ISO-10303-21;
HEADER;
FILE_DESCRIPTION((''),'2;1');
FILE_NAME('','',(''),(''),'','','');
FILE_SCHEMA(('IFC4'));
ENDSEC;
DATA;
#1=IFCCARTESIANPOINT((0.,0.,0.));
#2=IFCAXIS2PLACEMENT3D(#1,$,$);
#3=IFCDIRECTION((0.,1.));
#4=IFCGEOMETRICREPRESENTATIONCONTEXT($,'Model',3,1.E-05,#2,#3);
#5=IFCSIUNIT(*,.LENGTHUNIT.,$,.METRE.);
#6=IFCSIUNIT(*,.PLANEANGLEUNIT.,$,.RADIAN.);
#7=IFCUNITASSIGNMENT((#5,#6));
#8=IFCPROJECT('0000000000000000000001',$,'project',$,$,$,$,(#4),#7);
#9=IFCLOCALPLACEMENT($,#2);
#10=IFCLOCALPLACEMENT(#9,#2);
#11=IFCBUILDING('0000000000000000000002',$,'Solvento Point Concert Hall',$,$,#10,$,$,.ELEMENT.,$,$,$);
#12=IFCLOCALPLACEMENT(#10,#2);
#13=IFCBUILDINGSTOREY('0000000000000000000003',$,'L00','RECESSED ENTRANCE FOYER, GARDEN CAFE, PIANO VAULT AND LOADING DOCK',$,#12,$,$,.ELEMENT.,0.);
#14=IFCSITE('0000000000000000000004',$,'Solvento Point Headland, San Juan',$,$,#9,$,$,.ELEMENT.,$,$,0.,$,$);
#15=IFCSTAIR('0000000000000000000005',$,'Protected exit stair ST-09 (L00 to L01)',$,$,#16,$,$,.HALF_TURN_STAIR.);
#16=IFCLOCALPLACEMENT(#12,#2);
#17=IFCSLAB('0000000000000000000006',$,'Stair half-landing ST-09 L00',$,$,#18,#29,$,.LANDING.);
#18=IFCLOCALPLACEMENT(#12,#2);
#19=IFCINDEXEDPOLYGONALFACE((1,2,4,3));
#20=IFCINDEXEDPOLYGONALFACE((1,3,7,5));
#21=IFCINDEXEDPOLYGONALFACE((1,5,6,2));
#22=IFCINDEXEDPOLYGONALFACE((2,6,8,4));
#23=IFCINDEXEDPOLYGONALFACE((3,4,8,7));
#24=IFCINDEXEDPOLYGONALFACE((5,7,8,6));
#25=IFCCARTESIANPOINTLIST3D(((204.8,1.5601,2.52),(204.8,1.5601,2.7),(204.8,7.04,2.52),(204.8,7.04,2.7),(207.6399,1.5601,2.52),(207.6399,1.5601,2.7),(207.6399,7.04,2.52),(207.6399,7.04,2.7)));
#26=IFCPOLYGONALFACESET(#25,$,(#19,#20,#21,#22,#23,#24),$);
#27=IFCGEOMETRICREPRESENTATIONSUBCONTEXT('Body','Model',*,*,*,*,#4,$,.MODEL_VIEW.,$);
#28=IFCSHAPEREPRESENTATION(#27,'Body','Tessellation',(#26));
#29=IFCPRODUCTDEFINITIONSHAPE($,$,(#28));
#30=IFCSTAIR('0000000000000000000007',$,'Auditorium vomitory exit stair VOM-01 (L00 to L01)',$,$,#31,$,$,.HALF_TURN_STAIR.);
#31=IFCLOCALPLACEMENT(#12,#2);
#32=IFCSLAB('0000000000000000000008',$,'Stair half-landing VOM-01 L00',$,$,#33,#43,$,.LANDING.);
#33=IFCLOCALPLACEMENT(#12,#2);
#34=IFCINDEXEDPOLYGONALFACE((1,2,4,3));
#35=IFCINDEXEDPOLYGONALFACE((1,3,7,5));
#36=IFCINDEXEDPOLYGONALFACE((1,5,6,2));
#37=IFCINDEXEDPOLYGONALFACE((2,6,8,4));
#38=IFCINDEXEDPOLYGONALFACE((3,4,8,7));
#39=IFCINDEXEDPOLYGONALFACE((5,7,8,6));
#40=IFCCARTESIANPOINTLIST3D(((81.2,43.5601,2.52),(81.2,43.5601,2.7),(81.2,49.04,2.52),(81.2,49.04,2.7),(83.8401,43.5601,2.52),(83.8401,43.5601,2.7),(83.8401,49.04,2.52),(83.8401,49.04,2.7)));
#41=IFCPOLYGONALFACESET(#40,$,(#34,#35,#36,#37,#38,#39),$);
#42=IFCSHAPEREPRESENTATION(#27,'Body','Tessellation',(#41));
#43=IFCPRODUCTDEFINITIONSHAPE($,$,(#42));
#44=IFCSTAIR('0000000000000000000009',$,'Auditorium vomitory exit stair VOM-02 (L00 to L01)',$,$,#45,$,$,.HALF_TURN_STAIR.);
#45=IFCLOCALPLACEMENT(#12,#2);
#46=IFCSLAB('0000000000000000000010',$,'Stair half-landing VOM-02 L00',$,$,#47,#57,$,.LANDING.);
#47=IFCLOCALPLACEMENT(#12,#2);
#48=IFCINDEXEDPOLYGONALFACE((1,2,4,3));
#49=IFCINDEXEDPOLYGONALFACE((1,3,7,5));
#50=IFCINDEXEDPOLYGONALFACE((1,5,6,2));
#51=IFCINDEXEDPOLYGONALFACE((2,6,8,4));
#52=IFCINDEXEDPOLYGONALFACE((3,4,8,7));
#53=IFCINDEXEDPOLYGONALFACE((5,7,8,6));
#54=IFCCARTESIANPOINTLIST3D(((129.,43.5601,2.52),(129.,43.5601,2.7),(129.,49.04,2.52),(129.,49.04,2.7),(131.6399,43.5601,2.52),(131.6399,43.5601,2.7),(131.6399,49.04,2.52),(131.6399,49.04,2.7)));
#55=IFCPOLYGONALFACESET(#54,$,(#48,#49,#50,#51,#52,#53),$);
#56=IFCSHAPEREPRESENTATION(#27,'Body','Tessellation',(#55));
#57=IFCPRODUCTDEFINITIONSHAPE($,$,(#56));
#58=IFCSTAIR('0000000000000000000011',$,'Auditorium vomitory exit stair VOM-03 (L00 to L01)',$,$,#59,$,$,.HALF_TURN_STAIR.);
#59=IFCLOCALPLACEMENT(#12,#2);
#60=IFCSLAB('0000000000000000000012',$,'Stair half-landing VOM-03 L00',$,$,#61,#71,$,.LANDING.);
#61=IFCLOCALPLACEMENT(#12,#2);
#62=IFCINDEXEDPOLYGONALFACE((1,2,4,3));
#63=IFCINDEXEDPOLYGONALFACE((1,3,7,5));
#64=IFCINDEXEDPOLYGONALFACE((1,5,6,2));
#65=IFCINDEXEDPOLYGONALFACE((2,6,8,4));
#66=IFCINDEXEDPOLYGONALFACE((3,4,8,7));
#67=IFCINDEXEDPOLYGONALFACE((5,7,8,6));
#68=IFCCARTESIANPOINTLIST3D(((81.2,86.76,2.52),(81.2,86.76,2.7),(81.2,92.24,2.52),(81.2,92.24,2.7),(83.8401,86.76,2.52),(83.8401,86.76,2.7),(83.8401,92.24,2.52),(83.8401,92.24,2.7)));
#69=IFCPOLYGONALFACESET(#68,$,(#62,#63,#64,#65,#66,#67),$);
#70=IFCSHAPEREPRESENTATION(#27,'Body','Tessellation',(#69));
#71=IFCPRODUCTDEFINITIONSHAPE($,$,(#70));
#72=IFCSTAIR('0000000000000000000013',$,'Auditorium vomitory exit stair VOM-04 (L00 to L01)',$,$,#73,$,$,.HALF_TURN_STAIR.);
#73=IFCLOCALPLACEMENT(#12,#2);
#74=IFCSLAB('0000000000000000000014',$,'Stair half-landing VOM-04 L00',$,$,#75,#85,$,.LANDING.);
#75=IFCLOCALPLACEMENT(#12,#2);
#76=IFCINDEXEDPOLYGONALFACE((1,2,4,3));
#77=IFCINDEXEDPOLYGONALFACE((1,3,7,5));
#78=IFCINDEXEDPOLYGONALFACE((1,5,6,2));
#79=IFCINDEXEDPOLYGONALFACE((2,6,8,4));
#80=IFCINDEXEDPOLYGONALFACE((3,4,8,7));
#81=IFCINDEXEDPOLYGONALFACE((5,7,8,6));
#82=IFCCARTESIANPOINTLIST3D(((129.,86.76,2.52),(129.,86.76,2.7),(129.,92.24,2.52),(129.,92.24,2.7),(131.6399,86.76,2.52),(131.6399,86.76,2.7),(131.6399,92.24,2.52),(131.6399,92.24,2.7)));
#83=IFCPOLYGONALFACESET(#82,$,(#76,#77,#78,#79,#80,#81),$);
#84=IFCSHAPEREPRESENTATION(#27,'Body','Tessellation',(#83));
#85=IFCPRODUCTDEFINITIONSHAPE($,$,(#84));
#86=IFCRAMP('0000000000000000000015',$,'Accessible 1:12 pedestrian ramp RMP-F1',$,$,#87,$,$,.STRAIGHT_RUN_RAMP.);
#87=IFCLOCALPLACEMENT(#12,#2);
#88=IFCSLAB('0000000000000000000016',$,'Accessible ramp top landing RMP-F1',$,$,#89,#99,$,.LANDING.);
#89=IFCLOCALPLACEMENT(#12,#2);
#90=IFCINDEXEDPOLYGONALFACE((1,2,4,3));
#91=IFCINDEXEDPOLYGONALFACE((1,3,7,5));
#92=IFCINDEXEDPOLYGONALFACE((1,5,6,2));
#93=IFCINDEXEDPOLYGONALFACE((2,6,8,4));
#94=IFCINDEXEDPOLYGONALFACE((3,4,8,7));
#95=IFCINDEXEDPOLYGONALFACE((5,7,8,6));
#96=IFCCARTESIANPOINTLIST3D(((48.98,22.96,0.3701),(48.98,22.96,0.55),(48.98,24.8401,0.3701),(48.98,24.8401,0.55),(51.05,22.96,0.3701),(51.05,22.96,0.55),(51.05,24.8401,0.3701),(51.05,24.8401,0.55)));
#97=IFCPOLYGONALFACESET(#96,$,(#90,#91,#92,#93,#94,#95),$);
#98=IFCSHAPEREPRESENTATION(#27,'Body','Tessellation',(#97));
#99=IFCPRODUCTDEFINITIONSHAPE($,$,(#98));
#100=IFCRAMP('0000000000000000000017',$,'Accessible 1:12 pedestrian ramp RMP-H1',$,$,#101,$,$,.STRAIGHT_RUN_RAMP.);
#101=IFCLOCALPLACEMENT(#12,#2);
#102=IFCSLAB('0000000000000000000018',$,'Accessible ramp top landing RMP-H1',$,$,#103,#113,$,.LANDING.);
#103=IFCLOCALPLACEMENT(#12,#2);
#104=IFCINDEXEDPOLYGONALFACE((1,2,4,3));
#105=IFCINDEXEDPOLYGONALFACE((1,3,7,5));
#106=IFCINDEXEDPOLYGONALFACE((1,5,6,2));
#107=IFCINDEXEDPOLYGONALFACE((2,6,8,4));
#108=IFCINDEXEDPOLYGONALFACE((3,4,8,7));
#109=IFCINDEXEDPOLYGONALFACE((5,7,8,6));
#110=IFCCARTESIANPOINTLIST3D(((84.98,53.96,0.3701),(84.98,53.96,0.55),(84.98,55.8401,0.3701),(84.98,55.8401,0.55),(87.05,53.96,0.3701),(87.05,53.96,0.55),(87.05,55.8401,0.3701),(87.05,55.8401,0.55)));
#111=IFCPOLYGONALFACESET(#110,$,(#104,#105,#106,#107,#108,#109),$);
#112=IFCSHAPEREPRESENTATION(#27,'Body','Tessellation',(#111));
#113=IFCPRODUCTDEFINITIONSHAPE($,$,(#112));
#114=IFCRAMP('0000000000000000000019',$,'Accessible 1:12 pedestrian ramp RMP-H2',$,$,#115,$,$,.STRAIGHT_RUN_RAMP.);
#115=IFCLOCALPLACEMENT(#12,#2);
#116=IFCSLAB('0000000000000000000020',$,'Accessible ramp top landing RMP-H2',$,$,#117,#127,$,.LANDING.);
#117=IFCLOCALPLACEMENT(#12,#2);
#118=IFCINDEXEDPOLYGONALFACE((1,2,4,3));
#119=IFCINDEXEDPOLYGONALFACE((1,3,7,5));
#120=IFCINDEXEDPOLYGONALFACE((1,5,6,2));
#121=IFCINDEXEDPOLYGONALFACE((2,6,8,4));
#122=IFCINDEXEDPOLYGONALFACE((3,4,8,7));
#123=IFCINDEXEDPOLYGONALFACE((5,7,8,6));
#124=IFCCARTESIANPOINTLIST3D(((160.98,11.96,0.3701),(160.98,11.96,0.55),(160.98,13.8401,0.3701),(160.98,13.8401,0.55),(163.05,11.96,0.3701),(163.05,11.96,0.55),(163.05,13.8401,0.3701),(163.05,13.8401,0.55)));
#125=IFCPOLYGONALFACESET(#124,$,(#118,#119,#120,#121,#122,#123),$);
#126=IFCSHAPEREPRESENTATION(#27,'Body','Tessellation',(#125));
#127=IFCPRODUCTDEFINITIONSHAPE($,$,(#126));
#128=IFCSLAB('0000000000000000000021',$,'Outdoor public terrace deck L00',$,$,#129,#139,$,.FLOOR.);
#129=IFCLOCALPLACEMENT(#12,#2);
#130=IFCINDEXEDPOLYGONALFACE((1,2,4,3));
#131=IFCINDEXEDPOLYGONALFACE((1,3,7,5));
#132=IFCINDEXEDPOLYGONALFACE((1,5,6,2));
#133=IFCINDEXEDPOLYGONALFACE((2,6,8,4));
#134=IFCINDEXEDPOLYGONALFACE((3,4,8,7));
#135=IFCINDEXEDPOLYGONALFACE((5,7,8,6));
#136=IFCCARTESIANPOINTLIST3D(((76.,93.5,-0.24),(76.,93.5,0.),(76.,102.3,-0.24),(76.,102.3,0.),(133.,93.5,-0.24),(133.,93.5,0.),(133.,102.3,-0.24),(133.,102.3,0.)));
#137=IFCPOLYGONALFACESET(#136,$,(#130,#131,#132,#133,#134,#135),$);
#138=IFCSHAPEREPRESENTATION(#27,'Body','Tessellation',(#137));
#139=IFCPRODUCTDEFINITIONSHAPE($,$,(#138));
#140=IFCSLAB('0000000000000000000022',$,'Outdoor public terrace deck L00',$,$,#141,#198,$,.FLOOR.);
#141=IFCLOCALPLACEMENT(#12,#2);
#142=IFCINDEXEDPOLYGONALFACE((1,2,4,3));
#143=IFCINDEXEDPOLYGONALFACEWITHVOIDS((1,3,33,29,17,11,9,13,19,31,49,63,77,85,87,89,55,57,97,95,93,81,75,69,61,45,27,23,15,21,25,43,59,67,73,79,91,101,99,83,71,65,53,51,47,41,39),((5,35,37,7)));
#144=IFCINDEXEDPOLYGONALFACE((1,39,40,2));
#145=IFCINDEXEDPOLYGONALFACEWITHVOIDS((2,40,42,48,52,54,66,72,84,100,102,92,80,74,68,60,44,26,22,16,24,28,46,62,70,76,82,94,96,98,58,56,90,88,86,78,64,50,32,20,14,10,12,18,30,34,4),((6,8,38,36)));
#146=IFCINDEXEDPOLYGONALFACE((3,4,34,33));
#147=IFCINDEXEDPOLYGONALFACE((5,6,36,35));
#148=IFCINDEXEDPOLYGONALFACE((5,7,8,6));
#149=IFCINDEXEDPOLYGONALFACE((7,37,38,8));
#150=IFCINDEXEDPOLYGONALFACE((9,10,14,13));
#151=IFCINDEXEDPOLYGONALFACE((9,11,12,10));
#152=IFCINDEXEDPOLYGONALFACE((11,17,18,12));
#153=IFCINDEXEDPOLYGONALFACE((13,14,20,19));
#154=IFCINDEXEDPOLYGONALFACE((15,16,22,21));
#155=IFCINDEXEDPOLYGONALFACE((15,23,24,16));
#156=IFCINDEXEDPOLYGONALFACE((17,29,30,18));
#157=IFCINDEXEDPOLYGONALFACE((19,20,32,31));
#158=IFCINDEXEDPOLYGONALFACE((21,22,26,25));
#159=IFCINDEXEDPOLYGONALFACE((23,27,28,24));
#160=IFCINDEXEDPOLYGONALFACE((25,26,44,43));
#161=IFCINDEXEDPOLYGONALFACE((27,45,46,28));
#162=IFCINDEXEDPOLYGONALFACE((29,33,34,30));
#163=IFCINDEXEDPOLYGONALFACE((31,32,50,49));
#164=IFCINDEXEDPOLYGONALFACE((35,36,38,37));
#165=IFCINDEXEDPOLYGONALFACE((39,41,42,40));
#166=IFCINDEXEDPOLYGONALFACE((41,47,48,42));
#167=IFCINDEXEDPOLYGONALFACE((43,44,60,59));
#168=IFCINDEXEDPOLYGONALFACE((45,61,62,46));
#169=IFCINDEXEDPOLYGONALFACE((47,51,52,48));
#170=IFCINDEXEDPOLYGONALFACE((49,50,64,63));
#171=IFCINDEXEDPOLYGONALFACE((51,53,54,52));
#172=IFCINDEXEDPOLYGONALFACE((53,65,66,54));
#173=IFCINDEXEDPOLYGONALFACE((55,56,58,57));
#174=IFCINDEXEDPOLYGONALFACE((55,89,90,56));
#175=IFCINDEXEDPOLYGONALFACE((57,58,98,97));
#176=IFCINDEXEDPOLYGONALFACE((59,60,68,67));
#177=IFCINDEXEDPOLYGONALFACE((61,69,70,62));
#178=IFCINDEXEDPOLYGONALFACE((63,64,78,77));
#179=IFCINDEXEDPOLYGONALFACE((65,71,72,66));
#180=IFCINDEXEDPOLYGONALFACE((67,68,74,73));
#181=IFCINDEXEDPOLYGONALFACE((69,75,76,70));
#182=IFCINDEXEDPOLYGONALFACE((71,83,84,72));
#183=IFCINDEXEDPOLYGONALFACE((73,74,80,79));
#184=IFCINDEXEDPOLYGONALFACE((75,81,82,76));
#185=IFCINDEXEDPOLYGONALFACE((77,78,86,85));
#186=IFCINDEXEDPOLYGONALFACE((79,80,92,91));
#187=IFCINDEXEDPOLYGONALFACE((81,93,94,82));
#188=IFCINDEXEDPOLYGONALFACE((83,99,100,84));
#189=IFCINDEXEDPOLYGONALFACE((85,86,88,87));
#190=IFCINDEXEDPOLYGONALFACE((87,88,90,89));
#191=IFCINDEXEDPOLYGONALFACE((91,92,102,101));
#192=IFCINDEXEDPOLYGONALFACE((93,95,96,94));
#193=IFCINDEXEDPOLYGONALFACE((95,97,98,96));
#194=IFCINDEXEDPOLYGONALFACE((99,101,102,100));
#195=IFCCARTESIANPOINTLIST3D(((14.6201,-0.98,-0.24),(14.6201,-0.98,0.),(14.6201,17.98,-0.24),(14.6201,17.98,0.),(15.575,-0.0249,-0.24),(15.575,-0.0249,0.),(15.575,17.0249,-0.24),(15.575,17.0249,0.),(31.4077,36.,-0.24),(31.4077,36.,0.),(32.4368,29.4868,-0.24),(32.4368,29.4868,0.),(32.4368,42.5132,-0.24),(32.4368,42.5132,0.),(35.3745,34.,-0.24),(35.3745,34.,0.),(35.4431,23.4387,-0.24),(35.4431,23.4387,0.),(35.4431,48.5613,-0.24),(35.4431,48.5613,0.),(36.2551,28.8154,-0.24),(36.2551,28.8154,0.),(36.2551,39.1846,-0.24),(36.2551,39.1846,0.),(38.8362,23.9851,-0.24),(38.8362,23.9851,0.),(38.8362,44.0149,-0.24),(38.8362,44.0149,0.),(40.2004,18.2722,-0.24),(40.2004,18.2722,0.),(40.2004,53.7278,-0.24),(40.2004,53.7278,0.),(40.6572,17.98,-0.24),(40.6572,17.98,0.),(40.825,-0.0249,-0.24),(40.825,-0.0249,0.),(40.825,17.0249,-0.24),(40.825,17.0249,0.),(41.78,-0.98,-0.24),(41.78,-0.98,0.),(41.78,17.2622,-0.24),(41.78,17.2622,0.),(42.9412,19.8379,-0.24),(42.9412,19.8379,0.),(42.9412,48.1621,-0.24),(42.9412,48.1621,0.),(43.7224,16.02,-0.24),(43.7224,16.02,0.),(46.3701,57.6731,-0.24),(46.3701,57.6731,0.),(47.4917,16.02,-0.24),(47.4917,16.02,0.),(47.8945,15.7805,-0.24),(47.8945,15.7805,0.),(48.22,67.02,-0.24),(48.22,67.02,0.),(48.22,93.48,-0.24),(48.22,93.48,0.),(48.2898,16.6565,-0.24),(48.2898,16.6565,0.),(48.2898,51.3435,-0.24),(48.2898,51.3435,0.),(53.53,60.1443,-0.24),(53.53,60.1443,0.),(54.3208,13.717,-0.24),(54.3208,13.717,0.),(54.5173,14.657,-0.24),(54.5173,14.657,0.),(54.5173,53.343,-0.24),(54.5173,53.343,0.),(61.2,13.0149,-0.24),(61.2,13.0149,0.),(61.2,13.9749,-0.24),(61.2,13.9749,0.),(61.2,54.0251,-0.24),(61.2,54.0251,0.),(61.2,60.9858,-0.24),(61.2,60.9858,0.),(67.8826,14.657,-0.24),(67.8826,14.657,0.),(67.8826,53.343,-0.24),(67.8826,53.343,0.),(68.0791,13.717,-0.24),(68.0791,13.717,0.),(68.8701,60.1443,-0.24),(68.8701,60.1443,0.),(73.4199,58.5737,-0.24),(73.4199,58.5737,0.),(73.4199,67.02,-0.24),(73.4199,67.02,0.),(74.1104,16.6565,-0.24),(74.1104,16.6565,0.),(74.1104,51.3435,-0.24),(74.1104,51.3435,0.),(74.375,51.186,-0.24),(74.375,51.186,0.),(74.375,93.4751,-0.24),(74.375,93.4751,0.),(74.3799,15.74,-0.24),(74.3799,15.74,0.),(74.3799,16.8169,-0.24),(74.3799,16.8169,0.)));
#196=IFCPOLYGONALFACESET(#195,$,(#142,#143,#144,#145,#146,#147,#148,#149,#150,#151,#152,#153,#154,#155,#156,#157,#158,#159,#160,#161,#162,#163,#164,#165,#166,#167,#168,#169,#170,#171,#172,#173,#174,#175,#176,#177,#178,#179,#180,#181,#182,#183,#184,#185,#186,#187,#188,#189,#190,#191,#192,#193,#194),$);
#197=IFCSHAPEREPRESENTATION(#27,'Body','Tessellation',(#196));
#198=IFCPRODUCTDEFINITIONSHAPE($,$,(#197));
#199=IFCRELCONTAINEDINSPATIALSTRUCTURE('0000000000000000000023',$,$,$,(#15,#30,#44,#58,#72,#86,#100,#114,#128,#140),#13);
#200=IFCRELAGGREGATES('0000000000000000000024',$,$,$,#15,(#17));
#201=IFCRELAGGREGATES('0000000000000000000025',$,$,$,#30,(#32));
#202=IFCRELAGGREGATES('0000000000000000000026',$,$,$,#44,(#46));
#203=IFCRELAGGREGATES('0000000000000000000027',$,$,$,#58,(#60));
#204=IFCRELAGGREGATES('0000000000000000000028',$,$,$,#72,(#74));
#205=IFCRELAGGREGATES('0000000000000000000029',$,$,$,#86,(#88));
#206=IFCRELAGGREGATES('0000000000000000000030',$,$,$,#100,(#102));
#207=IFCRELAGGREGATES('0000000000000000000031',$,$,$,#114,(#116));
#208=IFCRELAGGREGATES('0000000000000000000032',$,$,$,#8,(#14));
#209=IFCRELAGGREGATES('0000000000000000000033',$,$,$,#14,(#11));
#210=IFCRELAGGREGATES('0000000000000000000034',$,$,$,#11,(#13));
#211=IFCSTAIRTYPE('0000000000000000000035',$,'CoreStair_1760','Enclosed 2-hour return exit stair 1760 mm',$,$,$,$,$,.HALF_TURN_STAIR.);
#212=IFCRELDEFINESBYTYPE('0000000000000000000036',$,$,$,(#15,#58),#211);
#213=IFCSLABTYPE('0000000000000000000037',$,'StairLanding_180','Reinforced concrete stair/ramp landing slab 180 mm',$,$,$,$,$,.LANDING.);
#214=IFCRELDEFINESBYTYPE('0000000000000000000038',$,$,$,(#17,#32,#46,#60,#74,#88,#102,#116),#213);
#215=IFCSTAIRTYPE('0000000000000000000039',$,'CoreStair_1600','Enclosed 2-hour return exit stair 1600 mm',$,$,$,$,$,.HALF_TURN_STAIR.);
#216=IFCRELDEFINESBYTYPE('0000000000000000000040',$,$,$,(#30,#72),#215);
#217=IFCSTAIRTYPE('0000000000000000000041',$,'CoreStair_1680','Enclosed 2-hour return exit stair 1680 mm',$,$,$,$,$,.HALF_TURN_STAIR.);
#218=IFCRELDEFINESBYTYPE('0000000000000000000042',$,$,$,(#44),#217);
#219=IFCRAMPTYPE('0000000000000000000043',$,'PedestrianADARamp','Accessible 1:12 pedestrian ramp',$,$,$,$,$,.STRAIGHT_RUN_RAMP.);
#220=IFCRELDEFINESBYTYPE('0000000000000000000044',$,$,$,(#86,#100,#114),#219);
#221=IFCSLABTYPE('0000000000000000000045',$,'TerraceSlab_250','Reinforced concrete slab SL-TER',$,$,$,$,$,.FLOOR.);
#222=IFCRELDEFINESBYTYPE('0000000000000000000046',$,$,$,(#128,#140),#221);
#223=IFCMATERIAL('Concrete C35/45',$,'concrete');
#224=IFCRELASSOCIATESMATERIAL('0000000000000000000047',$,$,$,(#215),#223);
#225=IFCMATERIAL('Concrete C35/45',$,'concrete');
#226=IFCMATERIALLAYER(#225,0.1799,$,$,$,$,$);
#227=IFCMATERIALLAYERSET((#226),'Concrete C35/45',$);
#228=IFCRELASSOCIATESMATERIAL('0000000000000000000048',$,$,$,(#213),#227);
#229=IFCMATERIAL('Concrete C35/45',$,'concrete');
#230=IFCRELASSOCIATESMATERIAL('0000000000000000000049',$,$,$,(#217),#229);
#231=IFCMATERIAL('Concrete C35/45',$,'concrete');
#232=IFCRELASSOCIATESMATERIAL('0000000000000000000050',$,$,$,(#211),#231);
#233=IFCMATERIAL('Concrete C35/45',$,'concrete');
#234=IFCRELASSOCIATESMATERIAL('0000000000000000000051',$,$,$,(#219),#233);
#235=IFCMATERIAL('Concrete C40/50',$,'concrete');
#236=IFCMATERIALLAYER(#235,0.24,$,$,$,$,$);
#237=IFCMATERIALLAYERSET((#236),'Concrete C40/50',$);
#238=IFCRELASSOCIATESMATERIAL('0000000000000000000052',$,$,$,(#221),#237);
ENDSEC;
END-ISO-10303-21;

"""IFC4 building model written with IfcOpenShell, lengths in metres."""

from ifc_helpers import new_model, si_unit, direction, frame, origin, place, context, subcontext, project, spatial, polyline, outline, extrude, material, layer, layer_set, type_object, element, aggregate, save


model = new_model("IFC4")

# Units and contexts
model_context = context("Model", 3, precision=1e-05, world=origin(), true_north=direction((0.0, 1.0)))
body_context = subcontext(model_context, "Body", "Model", "MODEL_VIEW")
ifc_project = project(units=[si_unit("LENGTHUNIT", "METRE"), si_unit("PLANEANGLEUNIT", "RADIAN")], contexts=[model_context])

# Site, building, storey
site_placement = place(None, origin())
site = spatial("IfcSite", under=ifc_project, at=site_placement, Name="Solvento Point Headland, San Juan", CompositionType="ELEMENT", RefElevation=0.0)
building_placement = place(site_placement, origin())
building = spatial("IfcBuilding", under=site, at=building_placement, Name="Solvento Point Concert Hall", CompositionType="ELEMENT")
storey_placement = place(building_placement, origin())
storey = spatial("IfcBuildingStorey", under=building, at=storey_placement, Name="L00", Description="RECESSED ENTRANCE FOYER, GARDEN CAFE, PIANO VAULT AND LOADING DOCK", CompositionType="ELEMENT", Elevation=0.0)

# Stairs, slabs
ifc_material_1 = material(Name="Concrete C35/45", Category="concrete")
stair_type_1 = type_object("IfcStairType", Name="CoreStair_1600", Description="Enclosed 2-hour return exit stair 1600 mm", PredefinedType="HALF_TURN_STAIR", material=ifc_material_1)
ifc_material_2 = material(Name="Concrete C35/45", Category="concrete")
ifc_layer_1 = layer(ifc_material_2, 0.1799)
ifc_layer_set_1 = layer_set([ifc_layer_1], Name="Concrete C35/45")
slab_type_1 = type_object("IfcSlabType", Name="StairLanding_180", Description="Reinforced concrete stair/ramp landing slab 180 mm", PredefinedType="LANDING", material=ifc_layer_set_1)
ifc_material_3 = material(Name="Concrete C35/45", Category="concrete")
stair_type_2 = type_object("IfcStairType", Name="CoreStair_1680", Description="Enclosed 2-hour return exit stair 1680 mm", PredefinedType="HALF_TURN_STAIR", material=ifc_material_3)
ifc_material_4 = material(Name="Concrete C35/45", Category="concrete")
stair_type_3 = type_object("IfcStairType", Name="CoreStair_1760", Description="Enclosed 2-hour return exit stair 1760 mm", PredefinedType="HALF_TURN_STAIR", material=ifc_material_4)
stair_1_placement = place(storey_placement, origin())
stair_1 = element("IfcStair", 1, at=stair_1_placement, inside=storey, type_object=stair_type_3, Name="Protected exit stair ST-09 (L00 to L01)", PredefinedType="HALF_TURN_STAIR")
slab_1_placement = place(storey_placement, frame((0.0, 0.0, 2.52)))
slab_1 = element("IfcSlab", 2, at=slab_1_placement, type_object=slab_type_1, Name="Stair half-landing ST-09 L00", PredefinedType="LANDING", context=body_context, shape_type="SweptSolid", body=[
    extrude(outline(polyline([(204.8, 1.5601), (207.6399, 1.5601), (207.6399, 7.04), (204.8, 7.04), (204.8, 1.5601)])), origin(), (0.0, 0.0, 1.0), 0.1799),
])
aggregate(stair_1, [slab_1])
stair_2_placement = place(storey_placement, origin())
stair_2 = element("IfcStair", 3, at=stair_2_placement, inside=storey, type_object=stair_type_1, Name="Auditorium vomitory exit stair VOM-01 (L00 to L01)", PredefinedType="HALF_TURN_STAIR")
slab_2_placement = place(storey_placement, frame((0.0, 0.0, 2.52)))
slab_2 = element("IfcSlab", 4, at=slab_2_placement, type_object=slab_type_1, Name="Stair half-landing VOM-01 L00", PredefinedType="LANDING", context=body_context, shape_type="SweptSolid", body=[
    extrude(outline(polyline([(81.2, 43.5601), (83.8401, 43.5601), (83.8401, 49.04), (81.2, 49.04), (81.2, 43.5601)])), origin(), (0.0, 0.0, 1.0), 0.1799),
])
aggregate(stair_2, [slab_2])
stair_3_placement = place(storey_placement, origin())
stair_3 = element("IfcStair", 5, at=stair_3_placement, inside=storey, type_object=stair_type_2, Name="Auditorium vomitory exit stair VOM-02 (L00 to L01)", PredefinedType="HALF_TURN_STAIR")
slab_3_placement = place(storey_placement, frame((0.0, 0.0, 2.52)))
slab_3 = element("IfcSlab", 6, at=slab_3_placement, type_object=slab_type_1, Name="Stair half-landing VOM-02 L00", PredefinedType="LANDING", context=body_context, shape_type="SweptSolid", body=[
    extrude(outline(polyline([(129.0, 43.5601), (131.6399, 43.5601), (131.6399, 49.04), (129.0, 49.04), (129.0, 43.5601)])), origin(), (0.0, 0.0, 1.0), 0.1799),
])
aggregate(stair_3, [slab_3])
stair_4_placement = place(storey_placement, origin())
stair_4 = element("IfcStair", 7, at=stair_4_placement, inside=storey, type_object=stair_type_3, Name="Auditorium vomitory exit stair VOM-03 (L00 to L01)", PredefinedType="HALF_TURN_STAIR")
slab_4_placement = place(storey_placement, frame((0.0, 0.0, 2.52)))
slab_4 = element("IfcSlab", 8, at=slab_4_placement, type_object=slab_type_1, Name="Stair half-landing VOM-03 L00", PredefinedType="LANDING", context=body_context, shape_type="SweptSolid", body=[
    extrude(outline(polyline([(81.2, 86.76), (83.8401, 86.76), (83.8401, 92.24), (81.2, 92.24), (81.2, 86.76)])), origin(), (0.0, 0.0, 1.0), 0.1799),
])
aggregate(stair_4, [slab_4])
stair_5_placement = place(storey_placement, origin())
stair_5 = element("IfcStair", 9, at=stair_5_placement, inside=storey, type_object=stair_type_1, Name="Auditorium vomitory exit stair VOM-04 (L00 to L01)", PredefinedType="HALF_TURN_STAIR")
slab_5_placement = place(storey_placement, frame((0.0, 0.0, 2.52)))
slab_5 = element("IfcSlab", 10, at=slab_5_placement, type_object=slab_type_1, Name="Stair half-landing VOM-04 L00", PredefinedType="LANDING", context=body_context, shape_type="SweptSolid", body=[
    extrude(outline(polyline([(129.0, 86.76), (131.6399, 86.76), (131.6399, 92.24), (129.0, 92.24), (129.0, 86.76)])), origin(), (0.0, 0.0, 1.0), 0.1799),
])
aggregate(stair_5, [slab_5])

# Ramps, slabs
ifc_material_5 = material(Name="Concrete C35/45", Category="concrete")
ramp_type = type_object("IfcRampType", Name="PedestrianADARamp", Description="Accessible 1:12 pedestrian ramp", PredefinedType="STRAIGHT_RUN_RAMP", material=ifc_material_5)
ramp_1_placement = place(storey_placement, origin())
ramp_1 = element("IfcRamp", 11, at=ramp_1_placement, inside=storey, type_object=ramp_type, Name="Accessible 1:12 pedestrian ramp RMP-F1", PredefinedType="STRAIGHT_RUN_RAMP")
slab_6_placement = place(storey_placement, frame((0.0, 0.0, 0.3701)))
slab_6 = element("IfcSlab", 12, at=slab_6_placement, type_object=slab_type_1, Name="Accessible ramp top landing RMP-F1", PredefinedType="LANDING", context=body_context, shape_type="SweptSolid", body=[
    extrude(outline(polyline([(48.98, 22.96), (51.05, 22.96), (51.05, 24.8401), (48.98, 24.8401), (48.98, 22.96)])), origin(), (0.0, 0.0, 1.0), 0.1799),
])
aggregate(ramp_1, [slab_6])
ramp_2_placement = place(storey_placement, origin())
ramp_2 = element("IfcRamp", 13, at=ramp_2_placement, inside=storey, type_object=ramp_type, Name="Accessible 1:12 pedestrian ramp RMP-H1", PredefinedType="STRAIGHT_RUN_RAMP")
slab_7_placement = place(storey_placement, frame((0.0, 0.0, 0.3701)))
slab_7 = element("IfcSlab", 14, at=slab_7_placement, type_object=slab_type_1, Name="Accessible ramp top landing RMP-H1", PredefinedType="LANDING", context=body_context, shape_type="SweptSolid", body=[
    extrude(outline(polyline([(84.98, 53.96), (87.05, 53.96), (87.05, 55.8401), (84.98, 55.8401), (84.98, 53.96)])), origin(), (0.0, 0.0, 1.0), 0.1799),
])
aggregate(ramp_2, [slab_7])
ramp_3_placement = place(storey_placement, origin())
ramp_3 = element("IfcRamp", 15, at=ramp_3_placement, inside=storey, type_object=ramp_type, Name="Accessible 1:12 pedestrian ramp RMP-H2", PredefinedType="STRAIGHT_RUN_RAMP")
slab_8_placement = place(storey_placement, frame((0.0, 0.0, 0.3701)))
slab_8 = element("IfcSlab", 16, at=slab_8_placement, type_object=slab_type_1, Name="Accessible ramp top landing RMP-H2", PredefinedType="LANDING", context=body_context, shape_type="SweptSolid", body=[
    extrude(outline(polyline([(160.98, 11.96), (163.05, 11.96), (163.05, 13.8401), (160.98, 13.8401), (160.98, 11.96)])), origin(), (0.0, 0.0, 1.0), 0.1799),
])
aggregate(ramp_3, [slab_8])

# Slabs
ifc_material_6 = material(Name="Concrete C40/50", Category="concrete")
ifc_layer_2 = layer(ifc_material_6, 0.24)
ifc_layer_set_2 = layer_set([ifc_layer_2], Name="Concrete C40/50")
slab_type_2 = type_object("IfcSlabType", Name="TerraceSlab_250", Description="Reinforced concrete slab SL-TER", PredefinedType="FLOOR", material=ifc_layer_set_2)
slab_9_placement = place(storey_placement, frame((0.0, 0.0, -0.24)))
element("IfcSlab", 17, at=slab_9_placement, inside=storey, type_object=slab_type_2, Name="Outdoor public terrace deck L00", PredefinedType="FLOOR", context=body_context, shape_type="SweptSolid", body=[
    extrude(outline(polyline([(76.0, 93.5), (76.0, 102.3), (133.0, 102.3), (133.0, 93.5), (76.0, 93.5)])), origin(), (0.0, 0.0, 1.0), 0.24),
])
slab_10_placement = place(storey_placement, frame((0.0, 0.0, -0.24)))
element("IfcSlab", 18, at=slab_10_placement, inside=storey, type_object=slab_type_2, Name="Outdoor public terrace deck L00", PredefinedType="FLOOR", context=body_context, shape_type="SweptSolid", body=[
    extrude(outline(polyline([(32.4368, 29.4868), (31.4077, 36.0), (32.4368, 42.5132), (35.4431, 48.5613), (40.2004, 53.7278), (46.3701, 57.6731), (53.53, 60.1443), (61.2, 60.9858), (68.8701, 60.1443), (73.4199, 58.5737), (73.4199, 67.02), (48.22, 67.02), (48.22, 93.48), (74.375, 93.4751), (74.375, 51.186), (74.1104, 51.3435), (67.8826, 53.343), (61.2, 54.0251), (54.5173, 53.343), (48.2898, 51.3435), (42.9412, 48.1621), (38.8362, 44.0149), (36.2551, 39.1846), (35.3745, 34.0), (36.2551, 28.8154), (38.8362, 23.9851), (42.9412, 19.8379), (48.2898, 16.6565), (54.5173, 14.657), (61.2, 13.9749), (67.8826, 14.657), (74.1104, 16.6565), (74.3799, 16.8169), (74.3799, 15.74), (68.0791, 13.717), (61.2, 13.0149), (54.3208, 13.717), (47.8945, 15.7805), (47.4917, 16.02), (43.7224, 16.02), (41.78, 17.2622), (41.78, -0.98), (14.6201, -0.98), (14.6201, 17.98), (40.6572, 17.98), (40.2004, 18.2722), (35.4431, 23.4387), (32.4368, 29.4868)]), holes=[polyline([(15.575, -0.0249), (40.825, -0.0249), (40.825, 17.0249), (15.575, 17.0249), (15.575, -0.0249)])]), origin(), (0.0, 0.0, 1.0), 0.24),
])

save(model, "model.ifc")
